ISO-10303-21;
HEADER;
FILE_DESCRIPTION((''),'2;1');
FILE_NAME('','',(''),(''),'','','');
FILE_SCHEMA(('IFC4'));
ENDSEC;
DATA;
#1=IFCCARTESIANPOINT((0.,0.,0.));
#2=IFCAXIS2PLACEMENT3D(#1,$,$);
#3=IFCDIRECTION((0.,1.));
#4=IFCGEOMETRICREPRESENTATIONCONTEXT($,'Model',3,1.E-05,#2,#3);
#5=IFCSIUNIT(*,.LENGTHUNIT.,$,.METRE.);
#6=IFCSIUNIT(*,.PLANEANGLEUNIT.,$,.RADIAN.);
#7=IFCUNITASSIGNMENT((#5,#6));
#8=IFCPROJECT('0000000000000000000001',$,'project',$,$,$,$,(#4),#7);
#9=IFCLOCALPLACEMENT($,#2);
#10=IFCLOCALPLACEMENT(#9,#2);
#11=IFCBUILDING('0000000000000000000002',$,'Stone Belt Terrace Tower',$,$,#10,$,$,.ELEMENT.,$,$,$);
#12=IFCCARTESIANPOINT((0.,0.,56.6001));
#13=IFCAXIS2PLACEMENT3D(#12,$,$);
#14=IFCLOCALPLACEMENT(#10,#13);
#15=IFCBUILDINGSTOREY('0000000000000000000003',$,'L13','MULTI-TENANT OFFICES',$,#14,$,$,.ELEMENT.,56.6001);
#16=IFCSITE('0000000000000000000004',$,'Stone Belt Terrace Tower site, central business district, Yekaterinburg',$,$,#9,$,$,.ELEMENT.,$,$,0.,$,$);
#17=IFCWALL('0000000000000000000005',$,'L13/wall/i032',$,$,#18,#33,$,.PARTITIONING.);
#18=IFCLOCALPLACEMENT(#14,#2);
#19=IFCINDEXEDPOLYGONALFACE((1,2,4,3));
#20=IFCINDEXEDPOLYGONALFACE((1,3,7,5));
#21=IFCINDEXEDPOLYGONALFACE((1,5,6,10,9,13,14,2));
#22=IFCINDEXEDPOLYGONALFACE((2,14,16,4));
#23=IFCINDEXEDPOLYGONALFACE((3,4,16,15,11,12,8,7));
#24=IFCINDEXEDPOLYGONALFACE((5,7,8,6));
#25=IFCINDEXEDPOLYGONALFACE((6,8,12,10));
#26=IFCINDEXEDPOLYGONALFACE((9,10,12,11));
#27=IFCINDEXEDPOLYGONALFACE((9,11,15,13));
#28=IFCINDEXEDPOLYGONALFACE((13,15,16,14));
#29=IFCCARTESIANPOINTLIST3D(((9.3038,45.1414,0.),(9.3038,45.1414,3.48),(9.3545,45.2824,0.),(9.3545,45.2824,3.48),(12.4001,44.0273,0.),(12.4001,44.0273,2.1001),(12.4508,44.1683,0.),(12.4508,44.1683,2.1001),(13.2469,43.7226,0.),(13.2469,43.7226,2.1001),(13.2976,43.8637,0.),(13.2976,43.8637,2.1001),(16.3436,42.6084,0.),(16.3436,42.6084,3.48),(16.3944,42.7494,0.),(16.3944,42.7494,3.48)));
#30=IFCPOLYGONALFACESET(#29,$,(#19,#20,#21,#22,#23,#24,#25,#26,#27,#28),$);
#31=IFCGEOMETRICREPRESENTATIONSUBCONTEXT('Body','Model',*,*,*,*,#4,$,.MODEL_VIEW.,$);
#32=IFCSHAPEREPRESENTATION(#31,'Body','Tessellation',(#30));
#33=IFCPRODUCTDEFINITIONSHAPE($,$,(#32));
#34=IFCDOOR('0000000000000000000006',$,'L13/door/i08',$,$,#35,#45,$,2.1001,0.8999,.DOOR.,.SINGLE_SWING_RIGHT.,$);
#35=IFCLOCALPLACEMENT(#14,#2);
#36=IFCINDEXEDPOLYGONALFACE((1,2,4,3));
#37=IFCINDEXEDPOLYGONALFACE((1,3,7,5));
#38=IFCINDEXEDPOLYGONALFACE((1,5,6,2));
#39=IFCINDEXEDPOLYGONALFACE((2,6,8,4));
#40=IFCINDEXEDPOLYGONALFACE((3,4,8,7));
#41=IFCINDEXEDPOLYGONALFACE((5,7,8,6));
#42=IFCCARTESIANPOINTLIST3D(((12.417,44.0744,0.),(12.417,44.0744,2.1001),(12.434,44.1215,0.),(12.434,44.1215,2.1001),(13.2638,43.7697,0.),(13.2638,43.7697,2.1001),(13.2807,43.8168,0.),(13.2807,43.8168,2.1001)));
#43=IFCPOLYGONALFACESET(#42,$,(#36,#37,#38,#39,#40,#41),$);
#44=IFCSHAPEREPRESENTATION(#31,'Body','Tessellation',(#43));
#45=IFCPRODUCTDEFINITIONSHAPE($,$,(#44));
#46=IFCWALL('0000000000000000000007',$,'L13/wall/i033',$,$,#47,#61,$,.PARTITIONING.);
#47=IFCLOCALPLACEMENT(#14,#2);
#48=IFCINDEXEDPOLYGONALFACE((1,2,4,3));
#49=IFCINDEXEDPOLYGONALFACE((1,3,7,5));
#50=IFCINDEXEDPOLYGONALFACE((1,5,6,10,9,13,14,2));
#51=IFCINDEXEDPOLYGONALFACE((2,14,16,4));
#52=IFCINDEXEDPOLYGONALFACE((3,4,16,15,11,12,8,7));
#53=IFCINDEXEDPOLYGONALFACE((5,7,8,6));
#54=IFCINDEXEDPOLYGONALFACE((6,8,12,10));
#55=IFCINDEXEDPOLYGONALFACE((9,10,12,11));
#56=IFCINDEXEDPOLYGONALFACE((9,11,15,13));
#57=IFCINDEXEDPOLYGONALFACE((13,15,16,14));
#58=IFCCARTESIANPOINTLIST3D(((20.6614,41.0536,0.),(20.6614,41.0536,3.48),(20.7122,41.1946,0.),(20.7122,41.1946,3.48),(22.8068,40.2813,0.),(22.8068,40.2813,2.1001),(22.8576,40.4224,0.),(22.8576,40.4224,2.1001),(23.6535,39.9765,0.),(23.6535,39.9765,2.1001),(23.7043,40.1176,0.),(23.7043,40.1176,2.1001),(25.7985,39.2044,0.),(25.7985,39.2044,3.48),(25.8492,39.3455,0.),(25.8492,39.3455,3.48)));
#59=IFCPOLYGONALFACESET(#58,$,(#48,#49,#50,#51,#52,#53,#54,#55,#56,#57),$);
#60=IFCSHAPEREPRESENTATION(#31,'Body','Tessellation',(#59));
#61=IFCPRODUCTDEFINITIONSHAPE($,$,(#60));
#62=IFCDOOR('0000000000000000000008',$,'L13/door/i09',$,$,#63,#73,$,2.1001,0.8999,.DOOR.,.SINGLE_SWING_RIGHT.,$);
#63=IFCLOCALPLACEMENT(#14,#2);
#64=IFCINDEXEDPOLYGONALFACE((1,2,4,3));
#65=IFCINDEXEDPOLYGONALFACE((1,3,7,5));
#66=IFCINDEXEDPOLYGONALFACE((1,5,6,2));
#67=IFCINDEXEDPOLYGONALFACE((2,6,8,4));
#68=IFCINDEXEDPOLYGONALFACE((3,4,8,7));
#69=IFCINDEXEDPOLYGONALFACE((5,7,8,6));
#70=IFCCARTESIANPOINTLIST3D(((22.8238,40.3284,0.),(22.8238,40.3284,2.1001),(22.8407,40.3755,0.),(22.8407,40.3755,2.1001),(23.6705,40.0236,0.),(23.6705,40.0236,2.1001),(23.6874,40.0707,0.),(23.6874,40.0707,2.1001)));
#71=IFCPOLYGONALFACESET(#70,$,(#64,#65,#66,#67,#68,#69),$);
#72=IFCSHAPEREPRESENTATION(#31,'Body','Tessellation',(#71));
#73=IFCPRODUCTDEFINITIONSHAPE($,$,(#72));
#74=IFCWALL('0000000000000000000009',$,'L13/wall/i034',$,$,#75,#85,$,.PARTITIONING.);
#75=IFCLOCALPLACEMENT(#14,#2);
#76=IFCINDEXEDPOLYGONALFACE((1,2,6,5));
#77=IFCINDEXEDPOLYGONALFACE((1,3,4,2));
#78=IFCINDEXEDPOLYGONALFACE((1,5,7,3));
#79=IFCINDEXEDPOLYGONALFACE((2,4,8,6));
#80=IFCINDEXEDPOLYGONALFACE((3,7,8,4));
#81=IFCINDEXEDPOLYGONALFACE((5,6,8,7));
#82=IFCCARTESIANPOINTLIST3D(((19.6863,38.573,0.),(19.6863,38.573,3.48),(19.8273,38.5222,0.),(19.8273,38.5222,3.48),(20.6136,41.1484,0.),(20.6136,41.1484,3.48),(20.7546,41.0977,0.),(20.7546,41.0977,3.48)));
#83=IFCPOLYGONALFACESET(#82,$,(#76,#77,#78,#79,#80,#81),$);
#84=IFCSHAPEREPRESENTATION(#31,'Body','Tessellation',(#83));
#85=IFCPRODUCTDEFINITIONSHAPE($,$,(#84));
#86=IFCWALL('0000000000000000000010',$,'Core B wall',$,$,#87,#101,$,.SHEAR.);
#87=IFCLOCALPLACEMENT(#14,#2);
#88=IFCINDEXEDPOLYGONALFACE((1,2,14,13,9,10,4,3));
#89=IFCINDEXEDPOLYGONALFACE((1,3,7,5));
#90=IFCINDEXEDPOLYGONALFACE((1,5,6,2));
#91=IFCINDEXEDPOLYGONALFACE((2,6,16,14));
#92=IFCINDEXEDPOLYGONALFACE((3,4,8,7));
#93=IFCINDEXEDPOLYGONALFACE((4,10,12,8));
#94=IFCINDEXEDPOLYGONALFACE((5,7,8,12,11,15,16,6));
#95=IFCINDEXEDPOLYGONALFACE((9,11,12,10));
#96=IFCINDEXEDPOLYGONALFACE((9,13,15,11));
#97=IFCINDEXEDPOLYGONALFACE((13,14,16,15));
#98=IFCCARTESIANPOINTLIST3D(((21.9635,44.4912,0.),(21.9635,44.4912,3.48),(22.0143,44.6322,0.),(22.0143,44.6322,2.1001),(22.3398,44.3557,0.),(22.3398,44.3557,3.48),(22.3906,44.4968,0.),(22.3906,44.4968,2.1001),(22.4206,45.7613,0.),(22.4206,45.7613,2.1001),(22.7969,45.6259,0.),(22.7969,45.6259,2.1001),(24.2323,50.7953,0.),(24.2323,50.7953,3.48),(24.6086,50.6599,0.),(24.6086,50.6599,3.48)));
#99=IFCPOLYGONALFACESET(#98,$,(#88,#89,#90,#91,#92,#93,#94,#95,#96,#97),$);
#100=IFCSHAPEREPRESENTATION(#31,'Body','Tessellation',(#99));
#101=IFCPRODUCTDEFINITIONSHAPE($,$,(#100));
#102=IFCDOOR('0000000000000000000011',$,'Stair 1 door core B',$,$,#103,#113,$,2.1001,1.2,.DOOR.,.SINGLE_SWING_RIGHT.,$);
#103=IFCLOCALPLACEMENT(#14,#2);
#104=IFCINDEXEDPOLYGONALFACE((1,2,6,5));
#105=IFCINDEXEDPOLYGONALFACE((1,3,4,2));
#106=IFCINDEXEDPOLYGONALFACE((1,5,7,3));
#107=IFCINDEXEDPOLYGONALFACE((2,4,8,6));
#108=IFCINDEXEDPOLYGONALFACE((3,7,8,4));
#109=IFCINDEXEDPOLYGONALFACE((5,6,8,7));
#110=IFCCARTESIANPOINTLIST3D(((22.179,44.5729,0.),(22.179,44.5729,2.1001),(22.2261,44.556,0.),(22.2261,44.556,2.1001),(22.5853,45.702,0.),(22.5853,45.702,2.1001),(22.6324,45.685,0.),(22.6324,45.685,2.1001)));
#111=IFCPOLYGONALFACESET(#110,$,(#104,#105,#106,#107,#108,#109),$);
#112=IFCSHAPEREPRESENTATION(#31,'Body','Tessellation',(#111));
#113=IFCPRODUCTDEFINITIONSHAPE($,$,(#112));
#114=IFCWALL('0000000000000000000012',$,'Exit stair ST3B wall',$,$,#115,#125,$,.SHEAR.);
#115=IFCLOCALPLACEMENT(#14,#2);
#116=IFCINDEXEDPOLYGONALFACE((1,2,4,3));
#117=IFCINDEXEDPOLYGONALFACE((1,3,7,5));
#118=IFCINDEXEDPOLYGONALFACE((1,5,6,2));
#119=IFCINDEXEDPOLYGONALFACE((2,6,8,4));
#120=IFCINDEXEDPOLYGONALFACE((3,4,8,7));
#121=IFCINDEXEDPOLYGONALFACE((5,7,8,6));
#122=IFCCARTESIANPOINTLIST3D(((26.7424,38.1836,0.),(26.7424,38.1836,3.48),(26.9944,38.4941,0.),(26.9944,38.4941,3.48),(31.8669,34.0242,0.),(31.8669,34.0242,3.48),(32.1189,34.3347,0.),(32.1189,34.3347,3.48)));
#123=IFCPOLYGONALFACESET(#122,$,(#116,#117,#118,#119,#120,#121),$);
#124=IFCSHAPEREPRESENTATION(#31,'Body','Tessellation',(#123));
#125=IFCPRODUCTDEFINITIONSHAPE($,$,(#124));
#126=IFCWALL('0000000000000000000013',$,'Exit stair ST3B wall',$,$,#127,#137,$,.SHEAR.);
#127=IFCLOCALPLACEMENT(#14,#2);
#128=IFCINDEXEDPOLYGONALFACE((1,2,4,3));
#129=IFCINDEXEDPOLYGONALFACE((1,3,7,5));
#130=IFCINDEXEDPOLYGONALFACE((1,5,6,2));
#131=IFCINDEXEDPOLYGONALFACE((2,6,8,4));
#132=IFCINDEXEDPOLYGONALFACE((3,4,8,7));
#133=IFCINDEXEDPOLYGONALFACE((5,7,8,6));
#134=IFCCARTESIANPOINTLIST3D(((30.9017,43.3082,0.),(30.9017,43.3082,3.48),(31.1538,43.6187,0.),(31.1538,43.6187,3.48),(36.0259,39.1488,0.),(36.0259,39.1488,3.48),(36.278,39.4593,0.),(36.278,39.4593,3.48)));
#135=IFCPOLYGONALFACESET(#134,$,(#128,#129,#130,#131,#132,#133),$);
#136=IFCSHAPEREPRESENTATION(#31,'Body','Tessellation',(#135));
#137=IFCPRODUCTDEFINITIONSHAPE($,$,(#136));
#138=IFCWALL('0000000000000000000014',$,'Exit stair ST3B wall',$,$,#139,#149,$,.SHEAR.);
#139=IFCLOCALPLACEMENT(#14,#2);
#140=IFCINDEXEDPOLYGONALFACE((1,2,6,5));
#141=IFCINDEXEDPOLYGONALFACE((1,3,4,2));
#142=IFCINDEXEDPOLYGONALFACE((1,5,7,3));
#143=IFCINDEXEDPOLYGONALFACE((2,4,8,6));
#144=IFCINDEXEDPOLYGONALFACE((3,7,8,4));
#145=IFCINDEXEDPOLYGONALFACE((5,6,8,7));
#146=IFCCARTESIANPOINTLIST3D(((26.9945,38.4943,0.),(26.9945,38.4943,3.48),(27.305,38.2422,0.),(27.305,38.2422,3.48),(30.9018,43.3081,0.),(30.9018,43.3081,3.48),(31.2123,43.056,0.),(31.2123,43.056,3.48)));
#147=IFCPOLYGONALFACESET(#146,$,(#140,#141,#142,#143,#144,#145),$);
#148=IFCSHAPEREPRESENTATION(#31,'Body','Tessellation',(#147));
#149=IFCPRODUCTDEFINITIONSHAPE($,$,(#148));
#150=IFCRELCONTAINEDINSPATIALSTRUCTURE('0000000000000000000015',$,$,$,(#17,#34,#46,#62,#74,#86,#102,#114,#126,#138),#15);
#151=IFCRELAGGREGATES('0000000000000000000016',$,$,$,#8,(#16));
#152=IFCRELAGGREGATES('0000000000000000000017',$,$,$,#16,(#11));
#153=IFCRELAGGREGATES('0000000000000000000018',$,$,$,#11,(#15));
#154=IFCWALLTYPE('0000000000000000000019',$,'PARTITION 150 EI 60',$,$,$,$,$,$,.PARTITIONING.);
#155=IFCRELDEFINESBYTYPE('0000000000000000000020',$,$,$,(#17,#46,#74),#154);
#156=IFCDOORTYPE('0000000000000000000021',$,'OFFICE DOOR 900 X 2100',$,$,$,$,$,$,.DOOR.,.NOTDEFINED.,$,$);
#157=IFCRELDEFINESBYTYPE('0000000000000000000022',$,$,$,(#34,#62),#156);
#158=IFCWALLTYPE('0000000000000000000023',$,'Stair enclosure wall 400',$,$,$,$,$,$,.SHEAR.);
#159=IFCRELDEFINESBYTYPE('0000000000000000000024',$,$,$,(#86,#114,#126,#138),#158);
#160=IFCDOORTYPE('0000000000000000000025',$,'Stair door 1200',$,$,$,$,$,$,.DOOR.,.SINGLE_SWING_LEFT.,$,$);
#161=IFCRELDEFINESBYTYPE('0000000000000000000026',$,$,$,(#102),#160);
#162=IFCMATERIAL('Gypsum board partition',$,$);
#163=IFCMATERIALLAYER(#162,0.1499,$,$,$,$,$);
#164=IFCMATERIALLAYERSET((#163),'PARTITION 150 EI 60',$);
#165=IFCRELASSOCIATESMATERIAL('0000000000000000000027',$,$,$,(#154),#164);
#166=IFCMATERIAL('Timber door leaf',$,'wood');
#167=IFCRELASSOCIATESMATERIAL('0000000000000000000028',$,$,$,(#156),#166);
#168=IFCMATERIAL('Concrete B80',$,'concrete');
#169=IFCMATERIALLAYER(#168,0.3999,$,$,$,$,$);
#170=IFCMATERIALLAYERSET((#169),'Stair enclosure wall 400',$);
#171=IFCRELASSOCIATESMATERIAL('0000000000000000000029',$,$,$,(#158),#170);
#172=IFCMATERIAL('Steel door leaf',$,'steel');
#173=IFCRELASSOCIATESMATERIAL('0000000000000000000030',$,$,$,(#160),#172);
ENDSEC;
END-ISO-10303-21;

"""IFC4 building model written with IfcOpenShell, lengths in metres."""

from ifc_helpers import new_model, si_unit, direction, frame, frame_2d, origin, place, context, subcontext, project, spatial, rectangle, extrude, material, layer, layer_set, type_object, element, fill, save


model = new_model("IFC4")

# Units and contexts
model_context = context("Model", 3, precision=1e-05, world=origin(), true_north=direction((0.0, 1.0)))
body_context = subcontext(model_context, "Body", "Model", "MODEL_VIEW")
ifc_project = project(units=[si_unit("LENGTHUNIT", "METRE"), si_unit("PLANEANGLEUNIT", "RADIAN")], contexts=[model_context])

# Site, building, storey
site_placement = place(None, origin())
site = spatial("IfcSite", under=ifc_project, at=site_placement, Name="Stone Belt Terrace Tower site, central business district, Yekaterinburg", CompositionType="ELEMENT", RefElevation=0.0)
building_placement = place(site_placement, origin())
building = spatial("IfcBuilding", under=site, at=building_placement, Name="Stone Belt Terrace Tower", CompositionType="ELEMENT")
storey_placement = place(building_placement, frame((0.0, 0.0, 56.6001)))
storey = spatial("IfcBuildingStorey", under=building, at=storey_placement, Name="L13", Description="MULTI-TENANT OFFICES", CompositionType="ELEMENT", Elevation=56.6001)

# Shared definitions
ifc_material_1 = material(Name="Concrete B80", Category="concrete")

# Shared definitions
ifc_material_2 = material(Name="Gypsum board partition")
ifc_layer_1 = layer(ifc_material_2, 0.1499)
ifc_layer_set_1 = layer_set([ifc_layer_1], Name="PARTITION 150 EI 60")
wall_type_1 = type_object("IfcWallType", Name="PARTITION 150 EI 60", PredefinedType="PARTITIONING", material=ifc_layer_set_1)

# Walls, openings, doors
wall_1_placement = place(storey_placement, frame((16.3689, 42.679, 0.0), z_axis=(0.0, 0.0, 1.0), x_axis=(-0.940946, 0.338558, 0.0)))
wall_1 = element("IfcWall", 1, at=wall_1_placement, inside=storey, type_object=wall_type_1, Name="L13/wall/i032", PredefinedType="PARTITIONING", context=body_context, shape_type="SweptSolid", body=[
    extrude(rectangle(XDim=7.4817, YDim=0.1499, at=frame_2d((3.7407, 0.0))), origin(), (0.0, 0.0, 1.0), 3.48),
])
opening_1_placement = place(wall_1_placement, frame((3.291, 0.0, 0.0)))
opening_1 = element("IfcOpeningElement", 2, at=opening_1_placement, cuts=wall_1, PredefinedType="OPENING", context=body_context, shape_type="SweptSolid", body=[
    extrude(rectangle(XDim=0.8999, YDim=2.1001, at=frame_2d((0.45, 1.05))), frame((0.0, 0.085, 0.0), z_axis=(0.0, -1.0, 0.0), x_axis=(1.0, 0.0, 0.0)), (0.0, 0.0, 1.0), 0.1699),
])
ifc_material_3 = material(Name="Timber door leaf", Category="wood")
door_type_1 = type_object("IfcDoorType", Name="OFFICE DOOR 900 X 2100", OperationType="NOTDEFINED", PredefinedType="DOOR", material=ifc_material_3)
door_1_placement = place(opening_1_placement, origin())
door_1 = element("IfcDoor", 3, at=door_1_placement, inside=storey, type_object=door_type_1, Name="L13/door/i08", OperationType="SINGLE_SWING_RIGHT", OverallHeight=2.1001, OverallWidth=0.8999, PredefinedType="DOOR", context=body_context, shape_type="SweptSolid", body=[
    extrude(rectangle(XDim=0.8999, YDim=2.1001, at=frame_2d((0.45, 1.05))), frame((0.0, 0.0249, 0.0), z_axis=(0.0, -1.0, 0.0), x_axis=(1.0, 0.0, 0.0)), (0.0, 0.0, 1.0), 0.05),
])
fill(opening_1, door_1)
wall_2_placement = place(storey_placement, frame((25.824, 39.2749, 0.0), z_axis=(0.0, 0.0, 1.0), x_axis=(-0.940898, 0.338689, 0.0)))
wall_2 = element("IfcWall", 4, at=wall_2_placement, inside=storey, type_object=wall_type_1, Name="L13/wall/i033", PredefinedType="PARTITIONING", context=body_context, shape_type="SweptSolid", body=[
    extrude(rectangle(XDim=5.4597, YDim=0.1499, at=frame_2d((2.73, 0.0))), origin(), (0.0, 0.0, 1.0), 3.48),
])
opening_2_placement = place(wall_2_placement, frame((2.2798, 0.0, 0.0)))
opening_2 = element("IfcOpeningElement", 5, at=opening_2_placement, cuts=wall_2, PredefinedType="OPENING", context=body_context, shape_type="SweptSolid", body=[
    extrude(rectangle(XDim=0.8999, YDim=2.1001, at=frame_2d((0.45, 1.05))), frame((0.0, 0.085, 0.0), z_axis=(0.0, -1.0, 0.0), x_axis=(1.0, 0.0, 0.0)), (0.0, 0.0, 1.0), 0.1699),
])
door_2_placement = place(opening_2_placement, origin())
door_2 = element("IfcDoor", 6, at=door_2_placement, inside=storey, type_object=door_type_1, Name="L13/door/i09", OperationType="SINGLE_SWING_RIGHT", OverallHeight=2.1001, OverallWidth=0.8999, PredefinedType="DOOR", context=body_context, shape_type="SweptSolid", body=[
    extrude(rectangle(XDim=0.8999, YDim=2.1001, at=frame_2d((0.45, 1.05))), frame((0.0, 0.0249, 0.0), z_axis=(0.0, -1.0, 0.0), x_axis=(1.0, 0.0, 0.0)), (0.0, 0.0, 1.0), 0.05),
])
fill(opening_2, door_2)

# Wall
wall_3_placement = place(storey_placement, frame((20.6841, 41.123, 0.0), z_axis=(0.0, 0.0, 1.0), x_axis=(-0.338748, -0.940877, 0.0)))
element("IfcWall", 7, at=wall_3_placement, inside=storey, type_object=wall_type_1, Name="L13/wall/i034", PredefinedType="PARTITIONING", context=body_context, shape_type="SweptSolid", body=[
    extrude(rectangle(XDim=2.7373, YDim=0.1499, at=frame_2d((1.3687, 0.0))), origin(), (0.0, 0.0, 1.0), 3.48),
])

# Wall, opening, door
ifc_layer_2 = layer(ifc_material_1, 0.3999)
ifc_layer_set_2 = layer_set([ifc_layer_2], Name="Stair enclosure wall 400")
wall_type_2 = type_object("IfcWallType", Name="Stair enclosure wall 400", PredefinedType="SHEAR", material=ifc_layer_set_2)
wall_4_placement = place(storey_placement, frame((22.1516, 44.4233, 0.0), z_axis=(0.0, 0.0, 1.0), x_axis=(0.338625, 0.940921, 0.0)))
wall_4 = element("IfcWall", 8, at=wall_4_placement, inside=storey, type_object=wall_type_2, Name="Core B wall", PredefinedType="SHEAR", context=body_context, shape_type="SweptSolid", body=[
    extrude(rectangle(XDim=6.7, YDim=0.3999, at=frame_2d((3.3501, 0.0))), origin(), (0.0, 0.0, 1.0), 3.48),
])
opening_3_placement = place(wall_4_placement, frame((0.1499, 0.0, 0.0)))
opening_3 = element("IfcOpeningElement", 9, at=opening_3_placement, cuts=wall_4, PredefinedType="OPENING", context=body_context, shape_type="SweptSolid", body=[
    extrude(rectangle(XDim=1.2, YDim=2.1001, at=frame_2d((0.6001, 1.05))), frame((0.0, 0.21, 0.0), z_axis=(0.0, -1.0, 0.0), x_axis=(1.0, 0.0, 0.0)), (0.0, 0.0, 1.0), 0.4199),
])
ifc_material_4 = material(Name="Steel door leaf", Category="steel")
door_type_2 = type_object("IfcDoorType", Name="Stair door 1200", OperationType="SINGLE_SWING_LEFT", PredefinedType="DOOR", material=ifc_material_4)
door_3_placement = place(opening_3_placement, origin())
door_3 = element("IfcDoor", 10, at=door_3_placement, inside=storey, type_object=door_type_2, Name="Stair 1 door core B", OperationType="SINGLE_SWING_RIGHT", OverallHeight=2.1001, OverallWidth=1.2, PredefinedType="DOOR", context=body_context, shape_type="SweptSolid", body=[
    extrude(rectangle(XDim=1.2, YDim=2.1001, at=frame_2d((0.6001, 1.05))), frame((0.0, 0.0249, 0.0), z_axis=(0.0, -1.0, 0.0), x_axis=(1.0, 0.0, 0.0)), (0.0, 0.0, 1.0), 0.05),
])
fill(opening_3, door_3)

# Walls
wall_5_placement = place(storey_placement, frame((26.8684, 38.3389, 0.0), z_axis=(0.0, 0.0, 1.0), x_axis=(0.776428, -0.630205, 0.0)))
element("IfcWall", 11, at=wall_5_placement, inside=storey, type_object=wall_type_2, Name="Exit stair ST3B wall", PredefinedType="SHEAR", context=body_context, shape_type="SweptSolid", body=[
    extrude(rectangle(XDim=6.6001, YDim=0.3999, at=frame_2d((3.3, 0.0))), origin(), (0.0, 0.0, 1.0), 3.48),
])
wall_6_placement = place(storey_placement, frame((31.0278, 43.4634, 0.0), z_axis=(0.0, 0.0, 1.0), x_axis=(0.776414, -0.630224, 0.0)))
element("IfcWall", 12, at=wall_6_placement, inside=storey, type_object=wall_type_2, Name="Exit stair ST3B wall", PredefinedType="SHEAR", context=body_context, shape_type="SweptSolid", body=[
    extrude(rectangle(XDim=6.5999, YDim=0.3999, at=frame_2d((3.2998, 0.0))), origin(), (0.0, 0.0, 1.0), 3.48),
])
wall_7_placement = place(storey_placement, frame((27.1497, 38.3682, 0.0), z_axis=(0.0, 0.0, 1.0), x_axis=(0.630212, 0.776423, 0.0)))
element("IfcWall", 13, at=wall_7_placement, inside=storey, type_object=wall_type_2, Name="Exit stair ST3B wall", PredefinedType="SHEAR", context=body_context, shape_type="SweptSolid", body=[
    extrude(rectangle(XDim=6.2, YDim=0.3999, at=frame_2d((3.1001, 0.0))), origin(), (0.0, 0.0, 1.0), 3.48),
])

save(model, "model.ifc")
